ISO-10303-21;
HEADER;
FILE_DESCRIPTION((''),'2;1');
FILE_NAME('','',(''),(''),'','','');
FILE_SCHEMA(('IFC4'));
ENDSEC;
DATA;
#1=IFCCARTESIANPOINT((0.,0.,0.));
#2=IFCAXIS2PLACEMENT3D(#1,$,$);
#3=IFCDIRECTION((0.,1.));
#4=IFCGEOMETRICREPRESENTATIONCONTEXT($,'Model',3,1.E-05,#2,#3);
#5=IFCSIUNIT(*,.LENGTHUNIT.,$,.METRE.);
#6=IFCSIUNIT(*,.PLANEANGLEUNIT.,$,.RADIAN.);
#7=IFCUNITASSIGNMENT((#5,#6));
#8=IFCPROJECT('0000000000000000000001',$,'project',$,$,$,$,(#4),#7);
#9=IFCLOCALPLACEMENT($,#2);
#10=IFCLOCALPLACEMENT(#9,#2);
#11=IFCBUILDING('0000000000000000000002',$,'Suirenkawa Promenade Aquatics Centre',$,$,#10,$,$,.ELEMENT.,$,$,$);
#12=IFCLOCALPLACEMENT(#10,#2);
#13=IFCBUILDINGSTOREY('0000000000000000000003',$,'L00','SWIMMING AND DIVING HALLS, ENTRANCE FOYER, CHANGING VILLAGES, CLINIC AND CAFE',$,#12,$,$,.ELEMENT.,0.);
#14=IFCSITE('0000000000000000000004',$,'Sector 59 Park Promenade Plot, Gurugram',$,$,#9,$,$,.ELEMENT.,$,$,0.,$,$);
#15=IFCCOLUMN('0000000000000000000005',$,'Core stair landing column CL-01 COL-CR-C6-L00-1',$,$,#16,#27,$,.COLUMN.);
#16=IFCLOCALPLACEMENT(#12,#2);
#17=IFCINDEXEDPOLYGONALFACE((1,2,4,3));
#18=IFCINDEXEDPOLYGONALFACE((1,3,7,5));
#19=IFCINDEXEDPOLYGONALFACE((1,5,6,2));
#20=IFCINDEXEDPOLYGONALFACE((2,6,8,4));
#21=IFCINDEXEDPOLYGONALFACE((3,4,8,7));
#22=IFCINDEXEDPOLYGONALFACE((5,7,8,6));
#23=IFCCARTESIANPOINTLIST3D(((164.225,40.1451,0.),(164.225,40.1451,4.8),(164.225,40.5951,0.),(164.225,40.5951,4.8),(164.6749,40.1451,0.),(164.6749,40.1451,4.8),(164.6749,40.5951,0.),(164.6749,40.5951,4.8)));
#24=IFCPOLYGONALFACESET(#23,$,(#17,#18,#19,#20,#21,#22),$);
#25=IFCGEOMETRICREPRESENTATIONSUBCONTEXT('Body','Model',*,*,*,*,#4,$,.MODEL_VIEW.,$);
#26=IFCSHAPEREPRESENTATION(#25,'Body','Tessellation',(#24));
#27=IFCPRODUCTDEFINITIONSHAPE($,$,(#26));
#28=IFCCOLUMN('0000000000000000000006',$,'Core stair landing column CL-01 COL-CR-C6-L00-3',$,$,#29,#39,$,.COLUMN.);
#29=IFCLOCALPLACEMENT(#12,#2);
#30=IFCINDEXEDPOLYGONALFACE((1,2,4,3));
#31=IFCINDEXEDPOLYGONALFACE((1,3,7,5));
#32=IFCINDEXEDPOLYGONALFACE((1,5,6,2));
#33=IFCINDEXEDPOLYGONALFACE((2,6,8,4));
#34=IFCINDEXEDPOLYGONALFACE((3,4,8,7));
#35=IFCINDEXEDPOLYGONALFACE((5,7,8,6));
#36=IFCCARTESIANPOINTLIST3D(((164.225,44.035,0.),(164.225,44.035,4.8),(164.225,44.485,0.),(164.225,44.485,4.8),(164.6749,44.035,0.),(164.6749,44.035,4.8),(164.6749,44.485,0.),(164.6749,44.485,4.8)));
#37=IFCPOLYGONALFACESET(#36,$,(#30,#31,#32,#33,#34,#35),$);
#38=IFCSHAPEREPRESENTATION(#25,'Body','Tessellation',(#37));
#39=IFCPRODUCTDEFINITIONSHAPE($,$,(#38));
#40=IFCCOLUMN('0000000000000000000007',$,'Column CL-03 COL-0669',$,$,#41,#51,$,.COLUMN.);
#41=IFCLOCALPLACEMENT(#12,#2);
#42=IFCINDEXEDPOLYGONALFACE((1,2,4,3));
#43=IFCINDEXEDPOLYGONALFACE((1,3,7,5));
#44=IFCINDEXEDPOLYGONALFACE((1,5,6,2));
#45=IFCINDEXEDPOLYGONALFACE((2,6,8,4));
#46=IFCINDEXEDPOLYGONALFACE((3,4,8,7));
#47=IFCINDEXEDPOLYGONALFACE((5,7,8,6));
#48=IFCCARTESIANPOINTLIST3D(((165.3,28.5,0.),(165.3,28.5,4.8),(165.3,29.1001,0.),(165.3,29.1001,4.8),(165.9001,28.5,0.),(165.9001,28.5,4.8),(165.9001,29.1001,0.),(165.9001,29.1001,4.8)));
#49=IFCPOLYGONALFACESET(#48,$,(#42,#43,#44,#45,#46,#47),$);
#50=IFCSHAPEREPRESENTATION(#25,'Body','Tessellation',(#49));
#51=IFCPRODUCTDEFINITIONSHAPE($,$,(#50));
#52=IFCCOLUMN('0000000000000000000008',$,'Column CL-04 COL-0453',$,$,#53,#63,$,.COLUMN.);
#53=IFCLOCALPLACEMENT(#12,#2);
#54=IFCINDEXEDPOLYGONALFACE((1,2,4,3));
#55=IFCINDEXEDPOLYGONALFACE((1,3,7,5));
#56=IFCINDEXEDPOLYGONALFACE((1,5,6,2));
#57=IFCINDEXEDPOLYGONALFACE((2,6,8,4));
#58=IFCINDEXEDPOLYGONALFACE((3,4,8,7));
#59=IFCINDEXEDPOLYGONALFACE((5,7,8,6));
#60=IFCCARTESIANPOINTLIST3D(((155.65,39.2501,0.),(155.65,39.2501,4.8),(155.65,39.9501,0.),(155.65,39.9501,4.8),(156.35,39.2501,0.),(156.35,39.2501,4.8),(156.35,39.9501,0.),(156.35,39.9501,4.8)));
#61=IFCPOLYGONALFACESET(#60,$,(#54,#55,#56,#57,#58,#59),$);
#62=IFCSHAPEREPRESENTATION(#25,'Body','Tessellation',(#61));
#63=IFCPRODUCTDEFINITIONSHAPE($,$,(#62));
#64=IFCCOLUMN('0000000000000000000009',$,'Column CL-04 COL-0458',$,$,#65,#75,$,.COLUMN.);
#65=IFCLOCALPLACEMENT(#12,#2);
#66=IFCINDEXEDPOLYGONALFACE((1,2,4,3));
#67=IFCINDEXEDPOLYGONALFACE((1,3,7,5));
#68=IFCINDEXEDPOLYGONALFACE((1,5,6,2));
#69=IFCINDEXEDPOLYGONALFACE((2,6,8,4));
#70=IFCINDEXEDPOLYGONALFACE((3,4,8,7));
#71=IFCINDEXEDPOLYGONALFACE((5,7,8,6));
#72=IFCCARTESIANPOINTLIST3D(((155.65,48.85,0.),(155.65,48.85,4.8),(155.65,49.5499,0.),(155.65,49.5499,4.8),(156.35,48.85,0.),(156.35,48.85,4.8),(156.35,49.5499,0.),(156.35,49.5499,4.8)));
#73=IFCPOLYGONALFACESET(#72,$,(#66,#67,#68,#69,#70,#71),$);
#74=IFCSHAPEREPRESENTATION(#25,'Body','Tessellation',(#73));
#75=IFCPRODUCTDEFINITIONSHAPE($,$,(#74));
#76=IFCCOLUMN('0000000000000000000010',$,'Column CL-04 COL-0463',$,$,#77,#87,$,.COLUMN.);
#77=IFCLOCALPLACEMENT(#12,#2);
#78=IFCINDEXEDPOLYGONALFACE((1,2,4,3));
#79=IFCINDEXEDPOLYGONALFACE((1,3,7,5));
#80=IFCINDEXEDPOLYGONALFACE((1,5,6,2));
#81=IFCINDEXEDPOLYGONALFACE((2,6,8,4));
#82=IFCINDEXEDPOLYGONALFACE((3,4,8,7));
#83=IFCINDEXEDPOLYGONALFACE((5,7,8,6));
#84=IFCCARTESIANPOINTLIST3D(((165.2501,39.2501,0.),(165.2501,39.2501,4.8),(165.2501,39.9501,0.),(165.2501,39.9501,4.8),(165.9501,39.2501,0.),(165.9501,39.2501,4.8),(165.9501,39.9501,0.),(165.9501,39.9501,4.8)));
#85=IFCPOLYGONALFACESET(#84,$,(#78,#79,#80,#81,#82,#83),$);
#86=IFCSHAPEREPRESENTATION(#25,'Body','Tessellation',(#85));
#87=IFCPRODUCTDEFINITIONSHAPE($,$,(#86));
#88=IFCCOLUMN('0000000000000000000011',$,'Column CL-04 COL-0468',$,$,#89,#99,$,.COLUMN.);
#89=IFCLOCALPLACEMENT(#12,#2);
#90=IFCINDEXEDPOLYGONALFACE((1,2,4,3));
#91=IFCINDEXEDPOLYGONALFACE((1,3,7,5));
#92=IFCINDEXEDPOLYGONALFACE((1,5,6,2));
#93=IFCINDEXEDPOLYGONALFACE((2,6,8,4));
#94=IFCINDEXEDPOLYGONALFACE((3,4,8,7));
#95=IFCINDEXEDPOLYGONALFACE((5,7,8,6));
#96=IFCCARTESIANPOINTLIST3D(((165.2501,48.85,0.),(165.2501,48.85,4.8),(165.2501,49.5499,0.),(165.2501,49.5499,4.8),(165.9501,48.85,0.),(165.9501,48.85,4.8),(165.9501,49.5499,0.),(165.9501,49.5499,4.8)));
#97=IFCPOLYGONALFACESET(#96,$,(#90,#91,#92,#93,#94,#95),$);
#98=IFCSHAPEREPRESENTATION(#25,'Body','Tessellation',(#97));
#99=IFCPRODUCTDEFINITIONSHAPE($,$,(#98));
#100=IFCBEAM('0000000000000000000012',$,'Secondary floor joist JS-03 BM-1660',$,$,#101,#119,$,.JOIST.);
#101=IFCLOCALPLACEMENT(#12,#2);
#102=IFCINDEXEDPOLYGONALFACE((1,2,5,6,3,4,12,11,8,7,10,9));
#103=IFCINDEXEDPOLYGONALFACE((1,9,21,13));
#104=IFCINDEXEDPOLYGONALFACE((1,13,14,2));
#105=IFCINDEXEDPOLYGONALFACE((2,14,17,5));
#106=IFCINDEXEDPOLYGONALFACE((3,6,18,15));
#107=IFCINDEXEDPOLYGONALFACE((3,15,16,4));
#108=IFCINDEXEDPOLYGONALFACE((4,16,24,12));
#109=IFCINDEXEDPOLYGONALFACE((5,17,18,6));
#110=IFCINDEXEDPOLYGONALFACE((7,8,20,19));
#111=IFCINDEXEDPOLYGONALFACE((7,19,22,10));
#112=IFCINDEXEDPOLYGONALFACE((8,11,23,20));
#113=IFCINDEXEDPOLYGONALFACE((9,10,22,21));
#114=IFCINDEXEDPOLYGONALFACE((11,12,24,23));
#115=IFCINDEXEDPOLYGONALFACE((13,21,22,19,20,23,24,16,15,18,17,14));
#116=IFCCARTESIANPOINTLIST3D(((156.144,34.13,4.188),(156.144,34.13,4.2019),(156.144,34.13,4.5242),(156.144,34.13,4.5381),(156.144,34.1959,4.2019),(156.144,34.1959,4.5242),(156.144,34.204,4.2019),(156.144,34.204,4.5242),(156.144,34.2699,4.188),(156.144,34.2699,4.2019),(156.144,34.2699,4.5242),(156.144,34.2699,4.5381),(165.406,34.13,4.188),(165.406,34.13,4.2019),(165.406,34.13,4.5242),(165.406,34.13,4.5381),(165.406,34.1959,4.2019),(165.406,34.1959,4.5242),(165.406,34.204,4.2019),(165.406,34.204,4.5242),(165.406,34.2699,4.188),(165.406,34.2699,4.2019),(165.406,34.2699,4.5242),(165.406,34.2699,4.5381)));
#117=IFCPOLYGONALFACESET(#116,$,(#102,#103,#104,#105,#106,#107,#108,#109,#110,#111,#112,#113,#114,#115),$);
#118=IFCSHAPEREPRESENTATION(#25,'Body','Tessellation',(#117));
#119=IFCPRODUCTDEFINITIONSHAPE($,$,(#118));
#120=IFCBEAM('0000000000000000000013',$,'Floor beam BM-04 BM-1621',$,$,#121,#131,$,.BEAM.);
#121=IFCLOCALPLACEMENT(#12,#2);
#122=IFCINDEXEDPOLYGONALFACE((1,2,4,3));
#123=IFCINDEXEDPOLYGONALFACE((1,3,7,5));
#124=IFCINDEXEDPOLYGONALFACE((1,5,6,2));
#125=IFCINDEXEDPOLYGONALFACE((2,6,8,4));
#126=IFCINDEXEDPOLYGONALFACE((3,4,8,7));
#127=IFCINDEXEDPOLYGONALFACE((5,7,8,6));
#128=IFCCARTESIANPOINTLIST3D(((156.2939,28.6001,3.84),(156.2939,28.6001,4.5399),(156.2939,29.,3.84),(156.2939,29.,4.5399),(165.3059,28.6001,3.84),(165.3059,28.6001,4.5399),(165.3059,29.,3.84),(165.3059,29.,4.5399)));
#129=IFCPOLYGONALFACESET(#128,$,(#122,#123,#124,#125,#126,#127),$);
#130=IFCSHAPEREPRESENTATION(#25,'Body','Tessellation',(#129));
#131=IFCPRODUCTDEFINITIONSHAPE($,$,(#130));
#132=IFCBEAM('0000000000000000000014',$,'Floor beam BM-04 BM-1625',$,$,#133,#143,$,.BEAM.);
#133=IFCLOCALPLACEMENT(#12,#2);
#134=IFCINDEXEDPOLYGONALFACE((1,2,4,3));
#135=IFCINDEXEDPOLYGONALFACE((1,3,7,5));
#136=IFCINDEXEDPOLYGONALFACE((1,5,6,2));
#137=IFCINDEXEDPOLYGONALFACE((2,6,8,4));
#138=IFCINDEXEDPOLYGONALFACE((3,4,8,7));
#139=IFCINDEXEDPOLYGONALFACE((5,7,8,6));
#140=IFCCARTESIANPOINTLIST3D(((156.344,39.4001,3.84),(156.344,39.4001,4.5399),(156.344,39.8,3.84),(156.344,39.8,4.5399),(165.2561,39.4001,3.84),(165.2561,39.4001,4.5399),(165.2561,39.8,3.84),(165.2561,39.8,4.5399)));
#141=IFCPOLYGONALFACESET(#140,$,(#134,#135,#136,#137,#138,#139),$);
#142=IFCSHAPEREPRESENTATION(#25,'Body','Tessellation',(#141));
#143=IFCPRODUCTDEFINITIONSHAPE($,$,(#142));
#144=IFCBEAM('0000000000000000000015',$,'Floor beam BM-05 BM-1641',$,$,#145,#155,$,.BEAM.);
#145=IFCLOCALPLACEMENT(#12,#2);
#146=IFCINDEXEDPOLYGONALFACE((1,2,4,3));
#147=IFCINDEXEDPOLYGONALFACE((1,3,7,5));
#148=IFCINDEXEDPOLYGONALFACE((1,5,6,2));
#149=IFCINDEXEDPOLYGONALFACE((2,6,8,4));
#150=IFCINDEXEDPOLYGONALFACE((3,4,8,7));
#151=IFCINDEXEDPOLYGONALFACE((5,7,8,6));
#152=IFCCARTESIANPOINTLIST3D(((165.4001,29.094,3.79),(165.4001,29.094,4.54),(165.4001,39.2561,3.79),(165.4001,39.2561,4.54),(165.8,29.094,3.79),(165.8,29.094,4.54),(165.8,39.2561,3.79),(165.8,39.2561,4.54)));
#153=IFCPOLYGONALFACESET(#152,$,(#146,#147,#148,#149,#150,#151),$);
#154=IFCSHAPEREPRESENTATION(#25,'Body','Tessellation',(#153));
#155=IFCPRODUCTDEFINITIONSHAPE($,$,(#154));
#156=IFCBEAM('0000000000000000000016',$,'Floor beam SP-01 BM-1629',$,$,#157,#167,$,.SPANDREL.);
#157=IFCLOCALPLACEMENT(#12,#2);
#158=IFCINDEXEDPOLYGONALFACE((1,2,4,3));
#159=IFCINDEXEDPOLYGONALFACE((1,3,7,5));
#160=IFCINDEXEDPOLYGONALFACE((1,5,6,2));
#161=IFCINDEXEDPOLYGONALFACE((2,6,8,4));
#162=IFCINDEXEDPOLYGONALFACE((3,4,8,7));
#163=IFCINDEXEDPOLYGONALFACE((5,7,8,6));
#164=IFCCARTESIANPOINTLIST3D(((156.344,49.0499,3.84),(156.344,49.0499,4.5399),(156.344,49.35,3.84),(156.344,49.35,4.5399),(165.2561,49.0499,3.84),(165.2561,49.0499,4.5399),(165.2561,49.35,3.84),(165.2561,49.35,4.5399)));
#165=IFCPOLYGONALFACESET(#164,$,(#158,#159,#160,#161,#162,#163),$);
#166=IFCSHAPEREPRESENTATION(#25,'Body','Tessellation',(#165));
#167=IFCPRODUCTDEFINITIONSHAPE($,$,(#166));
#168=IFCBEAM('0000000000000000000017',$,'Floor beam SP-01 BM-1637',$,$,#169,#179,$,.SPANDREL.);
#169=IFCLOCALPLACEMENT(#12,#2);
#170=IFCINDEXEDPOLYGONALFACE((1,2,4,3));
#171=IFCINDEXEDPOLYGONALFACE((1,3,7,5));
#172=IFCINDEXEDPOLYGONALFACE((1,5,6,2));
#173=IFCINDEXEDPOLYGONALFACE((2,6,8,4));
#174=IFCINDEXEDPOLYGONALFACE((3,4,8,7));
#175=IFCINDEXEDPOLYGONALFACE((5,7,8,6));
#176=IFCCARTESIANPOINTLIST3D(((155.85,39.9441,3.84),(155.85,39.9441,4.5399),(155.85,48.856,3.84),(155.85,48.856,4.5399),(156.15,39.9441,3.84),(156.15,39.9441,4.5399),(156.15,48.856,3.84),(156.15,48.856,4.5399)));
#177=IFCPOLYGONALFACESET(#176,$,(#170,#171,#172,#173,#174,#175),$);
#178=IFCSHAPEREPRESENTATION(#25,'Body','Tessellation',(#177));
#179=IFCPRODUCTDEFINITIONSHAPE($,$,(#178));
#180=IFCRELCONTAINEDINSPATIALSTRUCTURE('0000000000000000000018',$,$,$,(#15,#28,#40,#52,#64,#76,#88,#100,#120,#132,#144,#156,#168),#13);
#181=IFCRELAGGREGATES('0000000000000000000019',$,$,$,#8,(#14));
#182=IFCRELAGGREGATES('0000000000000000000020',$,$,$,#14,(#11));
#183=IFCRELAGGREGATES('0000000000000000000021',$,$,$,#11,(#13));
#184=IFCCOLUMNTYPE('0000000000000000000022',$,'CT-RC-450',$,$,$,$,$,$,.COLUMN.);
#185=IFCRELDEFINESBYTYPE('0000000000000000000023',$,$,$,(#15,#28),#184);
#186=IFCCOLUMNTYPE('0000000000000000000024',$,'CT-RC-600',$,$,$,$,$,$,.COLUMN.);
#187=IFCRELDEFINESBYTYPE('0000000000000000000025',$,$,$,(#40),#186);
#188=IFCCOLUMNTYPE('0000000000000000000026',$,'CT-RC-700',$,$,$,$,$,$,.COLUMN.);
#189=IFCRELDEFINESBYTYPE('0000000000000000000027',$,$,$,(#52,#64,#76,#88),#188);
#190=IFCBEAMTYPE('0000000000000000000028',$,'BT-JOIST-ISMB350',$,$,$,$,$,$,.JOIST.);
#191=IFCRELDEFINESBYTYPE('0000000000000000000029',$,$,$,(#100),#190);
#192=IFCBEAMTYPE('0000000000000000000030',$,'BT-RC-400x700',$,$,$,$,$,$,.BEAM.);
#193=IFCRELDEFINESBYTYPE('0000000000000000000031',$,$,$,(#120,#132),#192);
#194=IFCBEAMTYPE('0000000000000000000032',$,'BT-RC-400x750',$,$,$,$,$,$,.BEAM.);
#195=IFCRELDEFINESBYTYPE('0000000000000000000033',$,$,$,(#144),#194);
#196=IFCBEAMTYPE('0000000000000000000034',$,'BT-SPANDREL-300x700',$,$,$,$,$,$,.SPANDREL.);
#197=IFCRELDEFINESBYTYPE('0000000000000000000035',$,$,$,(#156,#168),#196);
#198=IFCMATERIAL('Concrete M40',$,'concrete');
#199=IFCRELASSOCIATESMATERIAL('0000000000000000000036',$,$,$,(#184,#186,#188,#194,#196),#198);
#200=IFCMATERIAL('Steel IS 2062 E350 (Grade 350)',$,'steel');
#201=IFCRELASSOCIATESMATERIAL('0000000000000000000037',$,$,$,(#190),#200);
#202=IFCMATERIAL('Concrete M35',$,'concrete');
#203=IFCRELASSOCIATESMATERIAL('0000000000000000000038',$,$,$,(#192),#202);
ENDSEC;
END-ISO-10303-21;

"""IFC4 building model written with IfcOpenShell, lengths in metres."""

from ifc_helpers import new_model, si_unit, direction, frame, origin, origin_2d, place, context, subcontext, project, spatial, rectangle, i_section, extrude, material, material_profile, profile_set, type_object, element, save


model = new_model("IFC4")

# Units and contexts
model_context = context("Model", 3, precision=1e-05, world=origin(), true_north=direction((0.0, 1.0)))
body_context = subcontext(model_context, "Body", "Model", "MODEL_VIEW")
ifc_project = project(units=[si_unit("LENGTHUNIT", "METRE"), si_unit("PLANEANGLEUNIT", "RADIAN")], contexts=[model_context])

# Site, building, storey
site_placement = place(None, origin())
site = spatial("IfcSite", under=ifc_project, at=site_placement, Name="Sector 59 Park Promenade Plot, Gurugram", CompositionType="ELEMENT", RefElevation=0.0)
building_placement = place(site_placement, origin())
building = spatial("IfcBuilding", under=site, at=building_placement, Name="Suirenkawa Promenade Aquatics Centre", CompositionType="ELEMENT")
storey_placement = place(building_placement, origin())
storey = spatial("IfcBuildingStorey", under=building, at=storey_placement, Name="L00", Description="SWIMMING AND DIVING HALLS, ENTRANCE FOYER, CHANGING VILLAGES, CLINIC AND CAFE", CompositionType="ELEMENT", Elevation=0.0)

# Columns
ifc_material_1 = material(Name="Concrete M40", Category="concrete")
ifc_material_profile_1 = material_profile(ifc_material_1, rectangle(XDim=0.45, YDim=0.45, at=origin_2d()), Name="RC COL 450x450", Category="concrete")
ifc_profile_set_1 = profile_set([ifc_material_profile_1], Name="Concrete M40")
column_type_1 = type_object("IfcColumnType", Name="CT-RC-450", PredefinedType="COLUMN", material=ifc_profile_set_1)
for number, where, z_axis, x_axis, name in (
    (1, (164.45, 40.3701, 0.0), (0.0, 0.0, 1.0), (1.0, 0.0, 0.0), "Core stair landing column CL-01 COL-CR-C6-L00-1"),
    (2, (164.45, 44.26, 0.0), (0.0, 0.0, 1.0), (1.0, 0.0, 0.0), "Core stair landing column CL-01 COL-CR-C6-L00-3"),
):
    element("IfcColumn", number, at=place(storey_placement, frame(where, z_axis=z_axis, x_axis=x_axis)), inside=storey, type_object=column_type_1, Name=name, PredefinedType="COLUMN", context=body_context, shape_type="SweptSolid", body=[
        extrude(rectangle(XDim=0.45, YDim=0.45, at=origin_2d()), origin(), (0.0, 0.0, 1.0), 4.8),
    ])
ifc_material_profile_2 = material_profile(ifc_material_1, rectangle(XDim=0.6001, YDim=0.6001, at=origin_2d()), Name="RC COL 600x600", Category="concrete")
ifc_profile_set_2 = profile_set([ifc_material_profile_2], Name="Concrete M40")
column_type_2 = type_object("IfcColumnType", Name="CT-RC-600", PredefinedType="COLUMN", material=ifc_profile_set_2)
column_placement = place(storey_placement, frame((165.6001, 28.8, 0.0), z_axis=(0.0, 0.0, 1.0), x_axis=(1.0, 0.0, 0.0)))
element("IfcColumn", 3, at=column_placement, inside=storey, type_object=column_type_2, Name="Column CL-03 COL-0669", PredefinedType="COLUMN", context=body_context, shape_type="SweptSolid", body=[
    extrude(rectangle(XDim=0.6001, YDim=0.6001, at=origin_2d()), origin(), (0.0, 0.0, 1.0), 4.8),
])
ifc_material_profile_3 = material_profile(ifc_material_1, rectangle(XDim=0.7, YDim=0.7, at=origin_2d()), Name="RC COL 700x700", Category="concrete")
ifc_profile_set_3 = profile_set([ifc_material_profile_3], Name="Concrete M40")
column_type_3 = type_object("IfcColumnType", Name="CT-RC-700", PredefinedType="COLUMN", material=ifc_profile_set_3)
for number, where, z_axis, x_axis, name in (
    (4, (156.0, 39.6001, 0.0), (0.0, 0.0, 1.0), (1.0, 0.0, 0.0), "Column CL-04 COL-0453"),
    (5, (156.0, 49.2, 0.0), (0.0, 0.0, 1.0), (1.0, 0.0, 0.0), "Column CL-04 COL-0458"),
    (6, (165.6001, 39.6001, 0.0), (0.0, 0.0, 1.0), (1.0, 0.0, 0.0), "Column CL-04 COL-0463"),
    (7, (165.6001, 49.2, 0.0), (0.0, 0.0, 1.0), (1.0, 0.0, 0.0), "Column CL-04 COL-0468"),
):
    element("IfcColumn", number, at=place(storey_placement, frame(where, z_axis=z_axis, x_axis=x_axis)), inside=storey, type_object=column_type_3, Name=name, PredefinedType="COLUMN", context=body_context, shape_type="SweptSolid", body=[
        extrude(rectangle(XDim=0.7, YDim=0.7, at=origin_2d()), origin(), (0.0, 0.0, 1.0), 4.8),
    ])

# Beams
ifc_material_2 = material(Name="Steel IS 2062 E350 (Grade 350)", Category="steel")
ifc_material_profile_4 = material_profile(ifc_material_2, i_section(OverallWidth=0.1399, OverallDepth=0.3501, WebThickness=0.0081, FlangeThickness=0.0139, at=origin_2d()), Name="ISMB 350", Category="steel")
ifc_profile_set_4 = profile_set([ifc_material_profile_4], Name="Steel IS 2062 E350 (Grade 350)")
beam_type_1 = type_object("IfcBeamType", Name="BT-JOIST-ISMB350", PredefinedType="JOIST", material=ifc_profile_set_4)
beam_1_placement = place(storey_placement, frame((156.144, 34.2, 4.363), z_axis=(1.0, 0.0, 0.0), x_axis=(0.0, 1.0, 0.0)))
element("IfcBeam", 8, at=beam_1_placement, inside=storey, type_object=beam_type_1, Name="Secondary floor joist JS-03 BM-1660", PredefinedType="JOIST", context=body_context, shape_type="SweptSolid", body=[
    extrude(i_section(OverallWidth=0.1399, OverallDepth=0.3501, WebThickness=0.0081, FlangeThickness=0.0139, at=origin_2d()), origin(), (0.0, 0.0, 1.0), 9.262),
])
ifc_material_3 = material(Name="Concrete M35", Category="concrete")
ifc_material_profile_5 = material_profile(ifc_material_3, rectangle(XDim=0.3999, YDim=0.7, at=origin_2d()), Name="RC BM 400x700", Category="concrete")
ifc_profile_set_5 = profile_set([ifc_material_profile_5], Name="Concrete M35")
beam_type_2 = type_object("IfcBeamType", Name="BT-RC-400x700", PredefinedType="BEAM", material=ifc_profile_set_5)
beam_2_placement = place(storey_placement, frame((156.2939, 28.8, 4.1899), z_axis=(1.0, 0.0, 0.0), x_axis=(0.0, 1.0, 0.0)))
element("IfcBeam", 9, at=beam_2_placement, inside=storey, type_object=beam_type_2, Name="Floor beam BM-04 BM-1621", PredefinedType="BEAM", context=body_context, shape_type="SweptSolid", body=[
    extrude(rectangle(XDim=0.3999, YDim=0.7, at=origin_2d()), origin(), (0.0, 0.0, 1.0), 9.012),
])
beam_3_placement = place(storey_placement, frame((156.344, 39.6001, 4.1899), z_axis=(1.0, 0.0, 0.0), x_axis=(0.0, 1.0, 0.0)))
element("IfcBeam", 10, at=beam_3_placement, inside=storey, type_object=beam_type_2, Name="Floor beam BM-04 BM-1625", PredefinedType="BEAM", context=body_context, shape_type="SweptSolid", body=[
    extrude(rectangle(XDim=0.3999, YDim=0.7, at=origin_2d()), origin(), (0.0, 0.0, 1.0), 8.9121),
])
ifc_material_profile_6 = material_profile(ifc_material_1, rectangle(XDim=0.3999, YDim=0.75, at=origin_2d()), Name="RC BM 400x750", Category="concrete")
ifc_profile_set_6 = profile_set([ifc_material_profile_6], Name="Concrete M40")
beam_type_3 = type_object("IfcBeamType", Name="BT-RC-400x750", PredefinedType="BEAM", material=ifc_profile_set_6)
beam_4_placement = place(storey_placement, frame((165.6001, 29.094, 4.165), z_axis=(0.0, 1.0, 0.0), x_axis=(-1.0, 0.0, 0.0)))
element("IfcBeam", 11, at=beam_4_placement, inside=storey, type_object=beam_type_3, Name="Floor beam BM-05 BM-1641", PredefinedType="BEAM", context=body_context, shape_type="SweptSolid", body=[
    extrude(rectangle(XDim=0.3999, YDim=0.75, at=origin_2d()), origin(), (0.0, 0.0, 1.0), 10.1621),
])
ifc_material_profile_7 = material_profile(ifc_material_1, rectangle(XDim=0.3, YDim=0.7, at=origin_2d()), Name="RC SPANDREL 300x700", Category="concrete")
ifc_profile_set_7 = profile_set([ifc_material_profile_7], Name="Concrete M40")
beam_type_4 = type_object("IfcBeamType", Name="BT-SPANDREL-300x700", PredefinedType="SPANDREL", material=ifc_profile_set_7)
beam_5_placement = place(storey_placement, frame((156.344, 49.2, 4.1899), z_axis=(1.0, 0.0, 0.0), x_axis=(0.0, 1.0, 0.0)))
element("IfcBeam", 12, at=beam_5_placement, inside=storey, type_object=beam_type_4, Name="Floor beam SP-01 BM-1629", PredefinedType="SPANDREL", context=body_context, shape_type="SweptSolid", body=[
    extrude(rectangle(XDim=0.3, YDim=0.7, at=origin_2d()), origin(), (0.0, 0.0, 1.0), 8.9121),
])
beam_6_placement = place(storey_placement, frame((156.0, 39.9441, 4.1899), z_axis=(0.0, 1.0, 0.0), x_axis=(-1.0, 0.0, 0.0)))
element("IfcBeam", 13, at=beam_6_placement, inside=storey, type_object=beam_type_4, Name="Floor beam SP-01 BM-1637", PredefinedType="SPANDREL", context=body_context, shape_type="SweptSolid", body=[
    extrude(rectangle(XDim=0.3, YDim=0.7, at=origin_2d()), origin(), (0.0, 0.0, 1.0), 8.9119),
])

save(model, "model.ifc")
